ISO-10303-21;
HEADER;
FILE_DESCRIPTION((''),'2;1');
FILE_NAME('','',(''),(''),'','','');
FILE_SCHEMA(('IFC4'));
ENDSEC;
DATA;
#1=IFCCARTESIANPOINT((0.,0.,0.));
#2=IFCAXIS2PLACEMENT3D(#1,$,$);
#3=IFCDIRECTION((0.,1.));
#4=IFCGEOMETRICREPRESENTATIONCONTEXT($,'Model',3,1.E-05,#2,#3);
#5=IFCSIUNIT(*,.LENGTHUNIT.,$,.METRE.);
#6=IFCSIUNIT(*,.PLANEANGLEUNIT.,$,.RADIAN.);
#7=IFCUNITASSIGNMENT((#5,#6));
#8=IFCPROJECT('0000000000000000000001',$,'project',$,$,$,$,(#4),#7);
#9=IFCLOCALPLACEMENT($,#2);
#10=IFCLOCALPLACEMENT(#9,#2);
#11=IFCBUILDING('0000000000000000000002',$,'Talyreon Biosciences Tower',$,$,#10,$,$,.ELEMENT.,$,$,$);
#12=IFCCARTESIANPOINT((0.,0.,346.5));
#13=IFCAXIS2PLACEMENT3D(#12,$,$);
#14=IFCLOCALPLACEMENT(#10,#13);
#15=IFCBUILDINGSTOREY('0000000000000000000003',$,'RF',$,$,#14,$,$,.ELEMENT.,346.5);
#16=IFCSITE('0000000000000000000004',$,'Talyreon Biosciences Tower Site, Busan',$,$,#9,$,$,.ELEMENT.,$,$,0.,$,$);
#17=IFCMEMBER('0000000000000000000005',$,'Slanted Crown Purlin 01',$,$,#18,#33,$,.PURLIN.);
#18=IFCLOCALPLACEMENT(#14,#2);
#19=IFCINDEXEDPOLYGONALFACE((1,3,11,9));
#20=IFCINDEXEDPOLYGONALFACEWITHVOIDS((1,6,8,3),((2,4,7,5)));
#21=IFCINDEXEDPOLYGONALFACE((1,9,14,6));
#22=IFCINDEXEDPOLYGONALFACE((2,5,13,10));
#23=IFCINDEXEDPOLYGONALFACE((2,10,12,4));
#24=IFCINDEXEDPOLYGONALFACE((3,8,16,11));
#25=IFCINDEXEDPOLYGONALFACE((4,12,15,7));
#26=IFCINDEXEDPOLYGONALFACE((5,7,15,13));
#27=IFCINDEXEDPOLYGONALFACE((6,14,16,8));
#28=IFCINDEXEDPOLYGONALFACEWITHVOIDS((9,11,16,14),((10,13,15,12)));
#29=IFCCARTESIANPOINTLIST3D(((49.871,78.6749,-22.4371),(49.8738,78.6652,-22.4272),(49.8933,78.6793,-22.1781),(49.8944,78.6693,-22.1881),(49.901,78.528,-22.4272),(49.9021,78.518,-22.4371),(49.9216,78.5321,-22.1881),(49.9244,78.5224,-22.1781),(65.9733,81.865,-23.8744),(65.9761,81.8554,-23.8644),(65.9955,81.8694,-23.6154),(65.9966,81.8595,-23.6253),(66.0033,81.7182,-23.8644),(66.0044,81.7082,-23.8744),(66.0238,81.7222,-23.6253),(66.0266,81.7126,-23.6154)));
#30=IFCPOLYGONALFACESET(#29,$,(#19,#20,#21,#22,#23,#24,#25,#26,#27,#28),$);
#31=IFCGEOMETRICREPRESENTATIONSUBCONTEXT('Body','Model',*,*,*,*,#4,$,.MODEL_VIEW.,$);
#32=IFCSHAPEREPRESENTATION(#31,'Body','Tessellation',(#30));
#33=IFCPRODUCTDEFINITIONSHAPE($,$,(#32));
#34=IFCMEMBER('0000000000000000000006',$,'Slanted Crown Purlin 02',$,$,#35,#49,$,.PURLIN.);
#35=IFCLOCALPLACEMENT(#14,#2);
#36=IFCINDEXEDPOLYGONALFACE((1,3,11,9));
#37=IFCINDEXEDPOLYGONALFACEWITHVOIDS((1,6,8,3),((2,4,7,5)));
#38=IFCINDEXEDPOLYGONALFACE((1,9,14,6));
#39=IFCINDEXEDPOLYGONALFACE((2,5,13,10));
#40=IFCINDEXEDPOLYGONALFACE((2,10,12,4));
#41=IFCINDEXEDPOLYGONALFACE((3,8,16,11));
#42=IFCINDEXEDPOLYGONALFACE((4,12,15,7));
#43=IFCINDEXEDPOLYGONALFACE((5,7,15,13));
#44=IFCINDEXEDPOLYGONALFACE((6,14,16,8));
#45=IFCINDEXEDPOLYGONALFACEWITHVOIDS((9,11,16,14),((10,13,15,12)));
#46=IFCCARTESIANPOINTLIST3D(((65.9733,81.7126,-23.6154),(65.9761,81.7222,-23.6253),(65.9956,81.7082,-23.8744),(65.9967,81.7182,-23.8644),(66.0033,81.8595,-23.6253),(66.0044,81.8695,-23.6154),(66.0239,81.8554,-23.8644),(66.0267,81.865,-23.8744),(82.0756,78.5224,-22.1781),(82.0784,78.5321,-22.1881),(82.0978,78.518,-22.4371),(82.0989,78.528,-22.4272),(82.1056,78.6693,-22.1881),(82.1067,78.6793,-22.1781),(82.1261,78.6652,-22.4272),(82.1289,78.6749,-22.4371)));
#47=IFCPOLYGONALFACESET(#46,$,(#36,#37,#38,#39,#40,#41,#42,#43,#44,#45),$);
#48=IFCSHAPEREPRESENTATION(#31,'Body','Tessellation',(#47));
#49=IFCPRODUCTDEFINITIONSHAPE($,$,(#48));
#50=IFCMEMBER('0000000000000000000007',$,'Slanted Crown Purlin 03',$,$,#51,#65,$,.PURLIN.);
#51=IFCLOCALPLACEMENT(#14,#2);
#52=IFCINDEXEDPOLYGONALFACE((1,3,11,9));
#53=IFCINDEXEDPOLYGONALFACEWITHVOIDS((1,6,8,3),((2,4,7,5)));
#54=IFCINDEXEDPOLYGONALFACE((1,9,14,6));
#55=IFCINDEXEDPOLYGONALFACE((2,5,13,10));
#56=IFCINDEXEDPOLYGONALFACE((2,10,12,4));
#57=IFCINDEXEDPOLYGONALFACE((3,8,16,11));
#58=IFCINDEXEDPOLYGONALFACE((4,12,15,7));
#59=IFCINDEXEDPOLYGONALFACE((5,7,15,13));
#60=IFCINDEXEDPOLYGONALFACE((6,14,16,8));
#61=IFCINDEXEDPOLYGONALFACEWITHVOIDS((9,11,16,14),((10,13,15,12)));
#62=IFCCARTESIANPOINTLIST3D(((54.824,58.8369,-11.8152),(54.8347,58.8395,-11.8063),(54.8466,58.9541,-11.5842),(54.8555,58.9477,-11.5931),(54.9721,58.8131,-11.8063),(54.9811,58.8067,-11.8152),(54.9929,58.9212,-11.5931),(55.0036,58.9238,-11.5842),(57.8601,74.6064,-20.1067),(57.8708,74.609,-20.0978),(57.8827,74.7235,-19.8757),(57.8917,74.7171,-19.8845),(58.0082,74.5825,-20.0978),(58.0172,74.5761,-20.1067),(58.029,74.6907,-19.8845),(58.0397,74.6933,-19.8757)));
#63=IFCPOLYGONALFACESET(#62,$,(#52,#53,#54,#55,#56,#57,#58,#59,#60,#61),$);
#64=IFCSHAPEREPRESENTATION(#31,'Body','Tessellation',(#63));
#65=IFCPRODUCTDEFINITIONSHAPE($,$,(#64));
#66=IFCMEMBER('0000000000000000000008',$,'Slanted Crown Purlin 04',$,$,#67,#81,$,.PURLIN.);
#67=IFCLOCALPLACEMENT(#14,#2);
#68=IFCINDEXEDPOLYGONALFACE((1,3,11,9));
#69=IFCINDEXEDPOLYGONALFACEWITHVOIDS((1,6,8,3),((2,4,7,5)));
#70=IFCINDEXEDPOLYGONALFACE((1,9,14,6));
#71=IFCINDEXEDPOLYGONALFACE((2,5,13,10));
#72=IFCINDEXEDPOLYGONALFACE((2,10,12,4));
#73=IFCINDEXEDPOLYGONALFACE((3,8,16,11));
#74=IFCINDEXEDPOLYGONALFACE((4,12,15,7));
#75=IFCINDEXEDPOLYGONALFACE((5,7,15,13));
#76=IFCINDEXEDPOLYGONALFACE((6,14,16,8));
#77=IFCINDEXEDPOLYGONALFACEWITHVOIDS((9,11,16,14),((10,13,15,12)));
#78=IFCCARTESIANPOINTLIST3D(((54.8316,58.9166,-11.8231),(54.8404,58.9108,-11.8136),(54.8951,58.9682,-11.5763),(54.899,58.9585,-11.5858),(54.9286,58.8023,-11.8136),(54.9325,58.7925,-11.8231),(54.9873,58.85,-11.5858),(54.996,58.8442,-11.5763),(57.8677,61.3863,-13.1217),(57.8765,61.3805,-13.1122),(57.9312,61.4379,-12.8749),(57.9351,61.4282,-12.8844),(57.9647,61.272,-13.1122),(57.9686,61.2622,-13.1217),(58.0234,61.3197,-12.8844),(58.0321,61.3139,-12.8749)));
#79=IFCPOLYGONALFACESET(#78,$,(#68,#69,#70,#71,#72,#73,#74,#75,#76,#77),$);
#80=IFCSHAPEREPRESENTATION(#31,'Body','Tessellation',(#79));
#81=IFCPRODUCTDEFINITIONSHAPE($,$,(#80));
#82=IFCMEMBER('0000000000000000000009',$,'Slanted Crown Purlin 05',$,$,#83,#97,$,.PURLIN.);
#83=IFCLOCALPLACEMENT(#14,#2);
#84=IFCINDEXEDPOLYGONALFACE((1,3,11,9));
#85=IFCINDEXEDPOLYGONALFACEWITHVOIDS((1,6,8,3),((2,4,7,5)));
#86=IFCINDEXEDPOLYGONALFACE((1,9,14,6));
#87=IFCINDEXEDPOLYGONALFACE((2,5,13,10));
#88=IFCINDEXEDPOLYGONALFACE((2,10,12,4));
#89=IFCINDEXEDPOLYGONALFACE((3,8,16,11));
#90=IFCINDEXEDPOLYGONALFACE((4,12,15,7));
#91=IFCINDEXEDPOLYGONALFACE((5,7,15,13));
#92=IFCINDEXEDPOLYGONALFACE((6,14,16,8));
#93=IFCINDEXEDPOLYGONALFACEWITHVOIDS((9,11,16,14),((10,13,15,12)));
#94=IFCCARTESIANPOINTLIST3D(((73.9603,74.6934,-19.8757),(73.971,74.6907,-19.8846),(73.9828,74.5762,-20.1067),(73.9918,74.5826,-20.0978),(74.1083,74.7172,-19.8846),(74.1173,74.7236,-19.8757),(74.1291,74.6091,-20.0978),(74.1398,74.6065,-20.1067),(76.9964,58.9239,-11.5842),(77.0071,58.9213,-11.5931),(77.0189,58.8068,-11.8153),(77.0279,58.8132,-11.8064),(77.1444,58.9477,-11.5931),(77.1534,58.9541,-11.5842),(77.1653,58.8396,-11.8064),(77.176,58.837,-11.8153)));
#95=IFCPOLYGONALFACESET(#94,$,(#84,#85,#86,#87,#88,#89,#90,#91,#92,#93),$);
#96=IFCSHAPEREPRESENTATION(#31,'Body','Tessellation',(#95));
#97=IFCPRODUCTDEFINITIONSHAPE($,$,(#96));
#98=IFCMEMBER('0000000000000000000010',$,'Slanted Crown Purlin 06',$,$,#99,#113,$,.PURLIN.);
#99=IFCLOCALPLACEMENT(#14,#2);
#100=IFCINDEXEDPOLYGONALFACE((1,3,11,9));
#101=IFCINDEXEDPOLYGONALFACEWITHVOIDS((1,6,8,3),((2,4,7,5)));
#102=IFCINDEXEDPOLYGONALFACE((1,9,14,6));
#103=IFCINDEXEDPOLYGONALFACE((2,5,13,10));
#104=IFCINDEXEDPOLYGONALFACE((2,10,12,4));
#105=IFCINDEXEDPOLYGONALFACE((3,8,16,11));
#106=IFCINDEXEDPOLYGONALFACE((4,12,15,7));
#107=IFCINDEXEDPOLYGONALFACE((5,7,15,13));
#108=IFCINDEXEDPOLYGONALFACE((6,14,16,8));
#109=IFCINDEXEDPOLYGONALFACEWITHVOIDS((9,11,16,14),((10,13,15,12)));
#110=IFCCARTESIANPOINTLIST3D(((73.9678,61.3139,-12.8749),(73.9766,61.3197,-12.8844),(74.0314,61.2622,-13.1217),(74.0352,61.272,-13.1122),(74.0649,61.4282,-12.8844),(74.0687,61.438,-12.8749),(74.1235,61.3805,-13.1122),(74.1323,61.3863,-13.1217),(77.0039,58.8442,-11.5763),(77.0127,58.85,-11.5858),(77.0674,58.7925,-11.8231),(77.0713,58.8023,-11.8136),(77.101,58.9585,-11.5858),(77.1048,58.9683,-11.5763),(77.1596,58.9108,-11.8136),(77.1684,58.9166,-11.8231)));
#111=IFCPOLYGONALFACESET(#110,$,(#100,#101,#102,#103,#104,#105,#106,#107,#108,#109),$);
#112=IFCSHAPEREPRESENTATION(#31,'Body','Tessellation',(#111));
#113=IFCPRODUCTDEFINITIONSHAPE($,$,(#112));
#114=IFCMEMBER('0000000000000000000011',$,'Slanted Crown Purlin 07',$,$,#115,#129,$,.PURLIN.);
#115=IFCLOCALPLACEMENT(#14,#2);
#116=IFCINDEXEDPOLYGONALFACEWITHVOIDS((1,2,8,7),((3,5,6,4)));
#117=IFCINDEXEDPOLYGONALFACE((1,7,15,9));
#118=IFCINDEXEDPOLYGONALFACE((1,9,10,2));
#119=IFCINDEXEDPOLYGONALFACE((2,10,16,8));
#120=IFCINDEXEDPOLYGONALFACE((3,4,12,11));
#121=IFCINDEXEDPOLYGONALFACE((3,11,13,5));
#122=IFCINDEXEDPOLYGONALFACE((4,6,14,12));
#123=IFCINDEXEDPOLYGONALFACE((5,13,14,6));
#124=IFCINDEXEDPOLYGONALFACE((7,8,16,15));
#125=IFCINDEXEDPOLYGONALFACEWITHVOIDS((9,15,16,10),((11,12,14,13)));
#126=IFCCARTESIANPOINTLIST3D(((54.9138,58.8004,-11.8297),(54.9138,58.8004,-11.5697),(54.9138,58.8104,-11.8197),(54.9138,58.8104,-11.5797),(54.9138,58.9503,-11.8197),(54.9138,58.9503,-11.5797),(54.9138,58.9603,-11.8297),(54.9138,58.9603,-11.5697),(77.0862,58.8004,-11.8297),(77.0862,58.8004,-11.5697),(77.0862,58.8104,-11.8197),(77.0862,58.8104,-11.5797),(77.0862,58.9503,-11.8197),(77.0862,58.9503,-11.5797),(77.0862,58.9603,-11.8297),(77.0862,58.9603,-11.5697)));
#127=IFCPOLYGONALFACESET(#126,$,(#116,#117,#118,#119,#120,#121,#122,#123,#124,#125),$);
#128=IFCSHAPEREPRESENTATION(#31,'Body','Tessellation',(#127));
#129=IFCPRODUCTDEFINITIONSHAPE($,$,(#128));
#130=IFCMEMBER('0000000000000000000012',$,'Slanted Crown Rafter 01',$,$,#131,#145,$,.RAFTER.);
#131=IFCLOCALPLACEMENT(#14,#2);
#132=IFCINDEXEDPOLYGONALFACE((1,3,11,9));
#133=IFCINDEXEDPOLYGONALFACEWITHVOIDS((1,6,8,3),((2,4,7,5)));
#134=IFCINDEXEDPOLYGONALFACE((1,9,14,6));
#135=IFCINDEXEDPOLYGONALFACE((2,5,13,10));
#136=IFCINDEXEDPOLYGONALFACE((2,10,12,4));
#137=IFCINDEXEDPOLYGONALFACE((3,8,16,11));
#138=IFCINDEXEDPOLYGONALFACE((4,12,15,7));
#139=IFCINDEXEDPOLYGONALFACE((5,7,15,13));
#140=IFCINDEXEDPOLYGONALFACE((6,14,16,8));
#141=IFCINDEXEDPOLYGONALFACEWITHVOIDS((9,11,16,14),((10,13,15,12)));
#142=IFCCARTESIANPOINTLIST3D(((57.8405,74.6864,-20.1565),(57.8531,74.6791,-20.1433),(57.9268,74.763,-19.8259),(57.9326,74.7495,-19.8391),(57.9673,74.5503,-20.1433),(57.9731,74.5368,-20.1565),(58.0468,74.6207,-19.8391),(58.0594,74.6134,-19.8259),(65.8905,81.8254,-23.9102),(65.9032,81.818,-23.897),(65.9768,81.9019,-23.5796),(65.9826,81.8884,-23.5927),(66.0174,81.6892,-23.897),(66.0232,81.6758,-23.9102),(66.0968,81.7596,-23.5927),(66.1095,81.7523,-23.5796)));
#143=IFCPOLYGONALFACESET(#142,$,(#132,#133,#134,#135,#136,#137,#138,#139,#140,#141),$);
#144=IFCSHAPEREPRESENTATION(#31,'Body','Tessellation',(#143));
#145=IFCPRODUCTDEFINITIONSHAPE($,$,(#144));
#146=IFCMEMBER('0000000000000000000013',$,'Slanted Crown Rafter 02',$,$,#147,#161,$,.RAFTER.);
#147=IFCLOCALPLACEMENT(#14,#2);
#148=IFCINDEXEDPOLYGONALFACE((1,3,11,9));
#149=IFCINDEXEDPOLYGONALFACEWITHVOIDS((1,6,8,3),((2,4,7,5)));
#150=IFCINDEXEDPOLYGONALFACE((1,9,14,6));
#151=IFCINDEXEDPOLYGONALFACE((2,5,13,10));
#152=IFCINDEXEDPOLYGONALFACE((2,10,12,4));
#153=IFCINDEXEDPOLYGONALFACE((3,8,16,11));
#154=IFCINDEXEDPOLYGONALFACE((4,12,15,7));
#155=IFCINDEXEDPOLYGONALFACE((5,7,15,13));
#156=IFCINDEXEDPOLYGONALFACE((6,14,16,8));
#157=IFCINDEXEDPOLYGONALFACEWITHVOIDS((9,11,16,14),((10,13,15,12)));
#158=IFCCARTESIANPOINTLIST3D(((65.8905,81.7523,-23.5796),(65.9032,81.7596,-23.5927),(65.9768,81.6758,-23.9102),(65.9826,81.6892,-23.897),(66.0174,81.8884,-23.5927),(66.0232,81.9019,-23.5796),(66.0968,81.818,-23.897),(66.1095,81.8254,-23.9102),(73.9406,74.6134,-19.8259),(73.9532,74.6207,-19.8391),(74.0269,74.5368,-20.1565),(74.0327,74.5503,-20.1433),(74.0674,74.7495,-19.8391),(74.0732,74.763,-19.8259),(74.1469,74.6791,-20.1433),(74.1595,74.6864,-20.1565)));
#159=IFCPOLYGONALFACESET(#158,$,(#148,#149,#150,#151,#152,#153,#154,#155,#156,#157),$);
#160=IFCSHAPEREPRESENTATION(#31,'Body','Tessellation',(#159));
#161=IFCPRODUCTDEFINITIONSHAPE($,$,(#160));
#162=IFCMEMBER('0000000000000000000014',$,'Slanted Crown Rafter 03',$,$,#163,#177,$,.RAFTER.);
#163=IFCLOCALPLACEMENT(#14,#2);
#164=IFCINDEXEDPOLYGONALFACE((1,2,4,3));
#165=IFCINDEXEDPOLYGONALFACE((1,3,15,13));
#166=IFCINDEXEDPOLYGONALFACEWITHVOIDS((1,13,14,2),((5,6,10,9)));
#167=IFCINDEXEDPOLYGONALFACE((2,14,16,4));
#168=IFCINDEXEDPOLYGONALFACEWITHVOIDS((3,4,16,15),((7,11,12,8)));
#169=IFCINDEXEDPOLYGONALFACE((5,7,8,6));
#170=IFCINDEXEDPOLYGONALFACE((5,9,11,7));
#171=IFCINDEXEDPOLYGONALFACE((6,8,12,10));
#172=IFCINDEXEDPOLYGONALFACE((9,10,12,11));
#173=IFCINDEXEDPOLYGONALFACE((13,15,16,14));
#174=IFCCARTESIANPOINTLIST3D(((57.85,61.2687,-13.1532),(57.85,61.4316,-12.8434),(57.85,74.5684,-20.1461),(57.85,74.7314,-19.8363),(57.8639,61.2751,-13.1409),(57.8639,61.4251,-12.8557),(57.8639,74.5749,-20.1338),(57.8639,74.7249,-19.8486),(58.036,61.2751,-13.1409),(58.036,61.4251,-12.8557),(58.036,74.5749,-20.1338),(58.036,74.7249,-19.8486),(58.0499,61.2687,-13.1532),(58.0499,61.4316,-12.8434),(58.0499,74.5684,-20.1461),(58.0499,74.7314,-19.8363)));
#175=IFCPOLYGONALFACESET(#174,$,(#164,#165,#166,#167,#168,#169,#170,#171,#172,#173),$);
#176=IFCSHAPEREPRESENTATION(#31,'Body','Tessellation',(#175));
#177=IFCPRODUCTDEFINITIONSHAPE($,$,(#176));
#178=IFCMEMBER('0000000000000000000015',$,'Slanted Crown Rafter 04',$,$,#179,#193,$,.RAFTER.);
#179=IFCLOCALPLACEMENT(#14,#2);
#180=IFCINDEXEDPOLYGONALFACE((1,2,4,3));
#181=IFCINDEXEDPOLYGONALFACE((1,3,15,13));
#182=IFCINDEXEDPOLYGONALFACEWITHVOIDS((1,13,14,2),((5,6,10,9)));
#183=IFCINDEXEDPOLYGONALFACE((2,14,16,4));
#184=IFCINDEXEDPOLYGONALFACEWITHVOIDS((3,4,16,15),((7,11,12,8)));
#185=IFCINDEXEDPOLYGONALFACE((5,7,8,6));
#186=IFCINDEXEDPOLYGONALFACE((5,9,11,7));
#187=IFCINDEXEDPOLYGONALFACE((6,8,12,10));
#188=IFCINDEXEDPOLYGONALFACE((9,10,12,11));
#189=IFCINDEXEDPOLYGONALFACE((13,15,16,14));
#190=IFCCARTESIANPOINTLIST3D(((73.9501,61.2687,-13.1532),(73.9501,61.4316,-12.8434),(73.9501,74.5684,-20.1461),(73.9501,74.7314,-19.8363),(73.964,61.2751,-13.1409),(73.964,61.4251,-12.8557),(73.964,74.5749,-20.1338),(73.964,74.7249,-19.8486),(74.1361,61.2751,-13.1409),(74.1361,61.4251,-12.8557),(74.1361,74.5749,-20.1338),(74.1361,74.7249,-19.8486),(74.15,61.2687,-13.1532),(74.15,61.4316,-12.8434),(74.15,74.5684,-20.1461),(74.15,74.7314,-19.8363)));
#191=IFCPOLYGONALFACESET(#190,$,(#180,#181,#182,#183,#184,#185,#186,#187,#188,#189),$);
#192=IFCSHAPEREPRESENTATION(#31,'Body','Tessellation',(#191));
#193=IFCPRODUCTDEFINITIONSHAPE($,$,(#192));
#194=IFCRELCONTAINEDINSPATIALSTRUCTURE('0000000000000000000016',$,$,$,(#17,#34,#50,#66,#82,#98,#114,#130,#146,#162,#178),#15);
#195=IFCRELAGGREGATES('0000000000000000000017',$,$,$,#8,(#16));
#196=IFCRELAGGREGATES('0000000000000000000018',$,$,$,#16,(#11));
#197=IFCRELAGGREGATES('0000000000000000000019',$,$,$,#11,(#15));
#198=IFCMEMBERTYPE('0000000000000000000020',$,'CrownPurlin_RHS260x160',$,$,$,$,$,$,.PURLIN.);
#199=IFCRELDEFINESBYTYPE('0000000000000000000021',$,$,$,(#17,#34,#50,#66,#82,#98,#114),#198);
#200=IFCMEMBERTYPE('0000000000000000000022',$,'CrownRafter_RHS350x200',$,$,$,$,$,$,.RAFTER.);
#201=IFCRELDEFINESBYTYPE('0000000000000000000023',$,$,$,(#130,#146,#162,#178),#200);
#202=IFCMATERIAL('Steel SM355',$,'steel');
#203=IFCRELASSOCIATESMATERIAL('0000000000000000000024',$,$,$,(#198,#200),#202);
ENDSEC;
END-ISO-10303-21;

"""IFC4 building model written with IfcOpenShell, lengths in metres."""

from ifc_helpers import new_model, si_unit, direction, frame, origin, origin_2d, place, context, subcontext, project, spatial, hollow_rectangle, extrude, material, material_profile, profile_set, type_object, element, save


model = new_model("IFC4")

# Units and contexts
model_context = context("Model", 3, precision=1e-05, world=origin(), true_north=direction((0.0, 1.0)))
body_context = subcontext(model_context, "Body", "Model", "MODEL_VIEW")
ifc_project = project(units=[si_unit("LENGTHUNIT", "METRE"), si_unit("PLANEANGLEUNIT", "RADIAN")], contexts=[model_context])

# Site, building, storey
site_placement = place(None, origin())
site = spatial("IfcSite", under=ifc_project, at=site_placement, Name="Talyreon Biosciences Tower Site, Busan", CompositionType="ELEMENT", RefElevation=0.0)
building_placement = place(site_placement, origin())
building = spatial("IfcBuilding", under=site, at=building_placement, Name="Talyreon Biosciences Tower", CompositionType="ELEMENT")
storey_placement = place(building_placement, frame((0.0, 0.0, 346.5)))
storey = spatial("IfcBuildingStorey", under=building, at=storey_placement, Name="RF", CompositionType="ELEMENT", Elevation=346.5)

# Members
ifc_material_1 = material(Name="Steel SM355", Category="steel")
ifc_material_profile_1 = material_profile(ifc_material_1, hollow_rectangle(XDim=0.1599, YDim=0.26, WallThickness=0.01, at=origin_2d()), Name="RHS 260x160x10")
ifc_profile_set_1 = profile_set([ifc_material_profile_1], Name="Steel SM355")
member_type_1 = type_object("IfcMemberType", Name="CrownPurlin_RHS260x160", PredefinedType="PURLIN", material=ifc_profile_set_1)
for number, where, z_axis, x_axis, name in (
    (1, (49.8977, 78.5986, -22.3076), (0.977195, 0.193602, -0.087222), (-0.194343, 0.980934, 0.0), "Slanted Crown Purlin 01"),
    (2, (66.0, 81.7888, -23.7449), (0.977195, -0.193602, 0.087222), (0.194343, 0.980934, 0.0), "Slanted Crown Purlin 02"),
):
    element("IfcMember", number, at=place(storey_placement, frame(where, z_axis=z_axis, x_axis=x_axis)), inside=storey, type_object=member_type_1, Name=name, PredefinedType="PURLIN", context=body_context, shape_type="SweptSolid", body=[
        extrude(hollow_rectangle(XDim=0.1599, YDim=0.26, WallThickness=0.01, at=origin_2d()), origin(), (0.0, 0.0, 1.0), 16.478),
    ])
member_1_placement = place(storey_placement, frame((54.9138, 58.8804, -11.6997), z_axis=(0.16799, 0.87253, -0.45877), x_axis=(-0.981966, 0.189059, 0.0)))
element("IfcMember", 3, at=member_1_placement, inside=storey, type_object=member_type_1, Name="Slanted Crown Purlin 03", PredefinedType="PURLIN", context=body_context, shape_type="SweptSolid", body=[
    extrude(hollow_rectangle(XDim=0.1599, YDim=0.26, WallThickness=0.01, at=origin_2d()), origin(), (0.0, 0.0, 1.0), 18.0732),
])
member_2_placement = place(storey_placement, frame((54.9138, 58.8804, -11.6997), z_axis=(0.736284, 0.598927, -0.314916), x_axis=(-0.631034, 0.775755, 0.0)))
element("IfcMember", 4, at=member_2_placement, inside=storey, type_object=member_type_1, Name="Slanted Crown Purlin 04", PredefinedType="PURLIN", context=body_context, shape_type="SweptSolid", body=[
    extrude(hollow_rectangle(XDim=0.1599, YDim=0.26, WallThickness=0.01, at=origin_2d()), origin(), (0.0, 0.0, 1.0), 4.1235),
])
member_3_placement = place(storey_placement, frame((74.05, 74.6499, -19.9912), z_axis=(0.16799, -0.87253, 0.45877), x_axis=(0.981966, 0.189059, 0.0)))
element("IfcMember", 5, at=member_3_placement, inside=storey, type_object=member_type_1, Name="Slanted Crown Purlin 05", PredefinedType="PURLIN", context=body_context, shape_type="SweptSolid", body=[
    extrude(hollow_rectangle(XDim=0.1599, YDim=0.26, WallThickness=0.01, at=origin_2d()), origin(), (0.0, 0.0, 1.0), 18.0732),
])
member_4_placement = place(storey_placement, frame((74.05, 61.3501, -12.9983), z_axis=(0.736284, -0.598927, 0.314916), x_axis=(0.631034, 0.775755, 0.0)))
element("IfcMember", 6, at=member_4_placement, inside=storey, type_object=member_type_1, Name="Slanted Crown Purlin 06", PredefinedType="PURLIN", context=body_context, shape_type="SweptSolid", body=[
    extrude(hollow_rectangle(XDim=0.1599, YDim=0.26, WallThickness=0.01, at=origin_2d()), origin(), (0.0, 0.0, 1.0), 4.1235),
])
member_5_placement = place(storey_placement, frame((54.9138, 58.8804, -11.6997), z_axis=(1.0, 0.0, 0.0), x_axis=(0.0, 1.0, 0.0)))
element("IfcMember", 7, at=member_5_placement, inside=storey, type_object=member_type_1, Name="Slanted Crown Purlin 07", PredefinedType="PURLIN", context=body_context, shape_type="SweptSolid", body=[
    extrude(hollow_rectangle(XDim=0.1599, YDim=0.26, WallThickness=0.01, at=origin_2d()), origin(), (0.0, 0.0, 1.0), 22.1724),
])
ifc_material_profile_2 = material_profile(ifc_material_1, hollow_rectangle(XDim=0.2, YDim=0.3501, WallThickness=0.0139, at=origin_2d()), Name="RHS 350x200x14")
ifc_profile_set_2 = profile_set([ifc_material_profile_2], Name="Steel SM355")
member_type_2 = type_object("IfcMemberType", Name="CrownRafter_RHS350x200", PredefinedType="RAFTER", material=ifc_profile_set_2)
for number, where, z_axis, x_axis, name in (
    (8, (66.0, 81.7888, -23.7449), (-0.706424, -0.626468, 0.329399), (0.663497, -0.748179, 0.0), "Slanted Crown Rafter 01"),
    (9, (66.0, 81.7888, -23.7449), (0.706424, -0.626468, 0.329399), (0.663497, 0.748179, 0.0), "Slanted Crown Rafter 02"),
):
    element("IfcMember", number, at=place(storey_placement, frame(where, z_axis=z_axis, x_axis=x_axis)), inside=storey, type_object=member_type_2, Name=name, PredefinedType="RAFTER", context=body_context, shape_type="SweptSolid", body=[
        extrude(hollow_rectangle(XDim=0.2, YDim=0.3501, WallThickness=0.0139, at=origin_2d()), origin(), (0.0, 0.0, 1.0), 11.3955),
    ])
for number, where, z_axis, x_axis, name in (
    (10, (57.95, 74.6499, -19.9912), (0.0, -0.88511, 0.465383), (1.0, 0.0, 0.0), "Slanted Crown Rafter 03"),
    (11, (74.05, 74.6499, -19.9912), (0.0, -0.88511, 0.465383), (1.0, 0.0, 0.0), "Slanted Crown Rafter 04"),
):
    element("IfcMember", number, at=place(storey_placement, frame(where, z_axis=z_axis, x_axis=x_axis)), inside=storey, type_object=member_type_2, Name=name, PredefinedType="RAFTER", context=body_context, shape_type="SweptSolid", body=[
        extrude(hollow_rectangle(XDim=0.2, YDim=0.3501, WallThickness=0.0139, at=origin_2d()), origin(), (0.0, 0.0, 1.0), 15.0261),
    ])

save(model, "model.ifc")
